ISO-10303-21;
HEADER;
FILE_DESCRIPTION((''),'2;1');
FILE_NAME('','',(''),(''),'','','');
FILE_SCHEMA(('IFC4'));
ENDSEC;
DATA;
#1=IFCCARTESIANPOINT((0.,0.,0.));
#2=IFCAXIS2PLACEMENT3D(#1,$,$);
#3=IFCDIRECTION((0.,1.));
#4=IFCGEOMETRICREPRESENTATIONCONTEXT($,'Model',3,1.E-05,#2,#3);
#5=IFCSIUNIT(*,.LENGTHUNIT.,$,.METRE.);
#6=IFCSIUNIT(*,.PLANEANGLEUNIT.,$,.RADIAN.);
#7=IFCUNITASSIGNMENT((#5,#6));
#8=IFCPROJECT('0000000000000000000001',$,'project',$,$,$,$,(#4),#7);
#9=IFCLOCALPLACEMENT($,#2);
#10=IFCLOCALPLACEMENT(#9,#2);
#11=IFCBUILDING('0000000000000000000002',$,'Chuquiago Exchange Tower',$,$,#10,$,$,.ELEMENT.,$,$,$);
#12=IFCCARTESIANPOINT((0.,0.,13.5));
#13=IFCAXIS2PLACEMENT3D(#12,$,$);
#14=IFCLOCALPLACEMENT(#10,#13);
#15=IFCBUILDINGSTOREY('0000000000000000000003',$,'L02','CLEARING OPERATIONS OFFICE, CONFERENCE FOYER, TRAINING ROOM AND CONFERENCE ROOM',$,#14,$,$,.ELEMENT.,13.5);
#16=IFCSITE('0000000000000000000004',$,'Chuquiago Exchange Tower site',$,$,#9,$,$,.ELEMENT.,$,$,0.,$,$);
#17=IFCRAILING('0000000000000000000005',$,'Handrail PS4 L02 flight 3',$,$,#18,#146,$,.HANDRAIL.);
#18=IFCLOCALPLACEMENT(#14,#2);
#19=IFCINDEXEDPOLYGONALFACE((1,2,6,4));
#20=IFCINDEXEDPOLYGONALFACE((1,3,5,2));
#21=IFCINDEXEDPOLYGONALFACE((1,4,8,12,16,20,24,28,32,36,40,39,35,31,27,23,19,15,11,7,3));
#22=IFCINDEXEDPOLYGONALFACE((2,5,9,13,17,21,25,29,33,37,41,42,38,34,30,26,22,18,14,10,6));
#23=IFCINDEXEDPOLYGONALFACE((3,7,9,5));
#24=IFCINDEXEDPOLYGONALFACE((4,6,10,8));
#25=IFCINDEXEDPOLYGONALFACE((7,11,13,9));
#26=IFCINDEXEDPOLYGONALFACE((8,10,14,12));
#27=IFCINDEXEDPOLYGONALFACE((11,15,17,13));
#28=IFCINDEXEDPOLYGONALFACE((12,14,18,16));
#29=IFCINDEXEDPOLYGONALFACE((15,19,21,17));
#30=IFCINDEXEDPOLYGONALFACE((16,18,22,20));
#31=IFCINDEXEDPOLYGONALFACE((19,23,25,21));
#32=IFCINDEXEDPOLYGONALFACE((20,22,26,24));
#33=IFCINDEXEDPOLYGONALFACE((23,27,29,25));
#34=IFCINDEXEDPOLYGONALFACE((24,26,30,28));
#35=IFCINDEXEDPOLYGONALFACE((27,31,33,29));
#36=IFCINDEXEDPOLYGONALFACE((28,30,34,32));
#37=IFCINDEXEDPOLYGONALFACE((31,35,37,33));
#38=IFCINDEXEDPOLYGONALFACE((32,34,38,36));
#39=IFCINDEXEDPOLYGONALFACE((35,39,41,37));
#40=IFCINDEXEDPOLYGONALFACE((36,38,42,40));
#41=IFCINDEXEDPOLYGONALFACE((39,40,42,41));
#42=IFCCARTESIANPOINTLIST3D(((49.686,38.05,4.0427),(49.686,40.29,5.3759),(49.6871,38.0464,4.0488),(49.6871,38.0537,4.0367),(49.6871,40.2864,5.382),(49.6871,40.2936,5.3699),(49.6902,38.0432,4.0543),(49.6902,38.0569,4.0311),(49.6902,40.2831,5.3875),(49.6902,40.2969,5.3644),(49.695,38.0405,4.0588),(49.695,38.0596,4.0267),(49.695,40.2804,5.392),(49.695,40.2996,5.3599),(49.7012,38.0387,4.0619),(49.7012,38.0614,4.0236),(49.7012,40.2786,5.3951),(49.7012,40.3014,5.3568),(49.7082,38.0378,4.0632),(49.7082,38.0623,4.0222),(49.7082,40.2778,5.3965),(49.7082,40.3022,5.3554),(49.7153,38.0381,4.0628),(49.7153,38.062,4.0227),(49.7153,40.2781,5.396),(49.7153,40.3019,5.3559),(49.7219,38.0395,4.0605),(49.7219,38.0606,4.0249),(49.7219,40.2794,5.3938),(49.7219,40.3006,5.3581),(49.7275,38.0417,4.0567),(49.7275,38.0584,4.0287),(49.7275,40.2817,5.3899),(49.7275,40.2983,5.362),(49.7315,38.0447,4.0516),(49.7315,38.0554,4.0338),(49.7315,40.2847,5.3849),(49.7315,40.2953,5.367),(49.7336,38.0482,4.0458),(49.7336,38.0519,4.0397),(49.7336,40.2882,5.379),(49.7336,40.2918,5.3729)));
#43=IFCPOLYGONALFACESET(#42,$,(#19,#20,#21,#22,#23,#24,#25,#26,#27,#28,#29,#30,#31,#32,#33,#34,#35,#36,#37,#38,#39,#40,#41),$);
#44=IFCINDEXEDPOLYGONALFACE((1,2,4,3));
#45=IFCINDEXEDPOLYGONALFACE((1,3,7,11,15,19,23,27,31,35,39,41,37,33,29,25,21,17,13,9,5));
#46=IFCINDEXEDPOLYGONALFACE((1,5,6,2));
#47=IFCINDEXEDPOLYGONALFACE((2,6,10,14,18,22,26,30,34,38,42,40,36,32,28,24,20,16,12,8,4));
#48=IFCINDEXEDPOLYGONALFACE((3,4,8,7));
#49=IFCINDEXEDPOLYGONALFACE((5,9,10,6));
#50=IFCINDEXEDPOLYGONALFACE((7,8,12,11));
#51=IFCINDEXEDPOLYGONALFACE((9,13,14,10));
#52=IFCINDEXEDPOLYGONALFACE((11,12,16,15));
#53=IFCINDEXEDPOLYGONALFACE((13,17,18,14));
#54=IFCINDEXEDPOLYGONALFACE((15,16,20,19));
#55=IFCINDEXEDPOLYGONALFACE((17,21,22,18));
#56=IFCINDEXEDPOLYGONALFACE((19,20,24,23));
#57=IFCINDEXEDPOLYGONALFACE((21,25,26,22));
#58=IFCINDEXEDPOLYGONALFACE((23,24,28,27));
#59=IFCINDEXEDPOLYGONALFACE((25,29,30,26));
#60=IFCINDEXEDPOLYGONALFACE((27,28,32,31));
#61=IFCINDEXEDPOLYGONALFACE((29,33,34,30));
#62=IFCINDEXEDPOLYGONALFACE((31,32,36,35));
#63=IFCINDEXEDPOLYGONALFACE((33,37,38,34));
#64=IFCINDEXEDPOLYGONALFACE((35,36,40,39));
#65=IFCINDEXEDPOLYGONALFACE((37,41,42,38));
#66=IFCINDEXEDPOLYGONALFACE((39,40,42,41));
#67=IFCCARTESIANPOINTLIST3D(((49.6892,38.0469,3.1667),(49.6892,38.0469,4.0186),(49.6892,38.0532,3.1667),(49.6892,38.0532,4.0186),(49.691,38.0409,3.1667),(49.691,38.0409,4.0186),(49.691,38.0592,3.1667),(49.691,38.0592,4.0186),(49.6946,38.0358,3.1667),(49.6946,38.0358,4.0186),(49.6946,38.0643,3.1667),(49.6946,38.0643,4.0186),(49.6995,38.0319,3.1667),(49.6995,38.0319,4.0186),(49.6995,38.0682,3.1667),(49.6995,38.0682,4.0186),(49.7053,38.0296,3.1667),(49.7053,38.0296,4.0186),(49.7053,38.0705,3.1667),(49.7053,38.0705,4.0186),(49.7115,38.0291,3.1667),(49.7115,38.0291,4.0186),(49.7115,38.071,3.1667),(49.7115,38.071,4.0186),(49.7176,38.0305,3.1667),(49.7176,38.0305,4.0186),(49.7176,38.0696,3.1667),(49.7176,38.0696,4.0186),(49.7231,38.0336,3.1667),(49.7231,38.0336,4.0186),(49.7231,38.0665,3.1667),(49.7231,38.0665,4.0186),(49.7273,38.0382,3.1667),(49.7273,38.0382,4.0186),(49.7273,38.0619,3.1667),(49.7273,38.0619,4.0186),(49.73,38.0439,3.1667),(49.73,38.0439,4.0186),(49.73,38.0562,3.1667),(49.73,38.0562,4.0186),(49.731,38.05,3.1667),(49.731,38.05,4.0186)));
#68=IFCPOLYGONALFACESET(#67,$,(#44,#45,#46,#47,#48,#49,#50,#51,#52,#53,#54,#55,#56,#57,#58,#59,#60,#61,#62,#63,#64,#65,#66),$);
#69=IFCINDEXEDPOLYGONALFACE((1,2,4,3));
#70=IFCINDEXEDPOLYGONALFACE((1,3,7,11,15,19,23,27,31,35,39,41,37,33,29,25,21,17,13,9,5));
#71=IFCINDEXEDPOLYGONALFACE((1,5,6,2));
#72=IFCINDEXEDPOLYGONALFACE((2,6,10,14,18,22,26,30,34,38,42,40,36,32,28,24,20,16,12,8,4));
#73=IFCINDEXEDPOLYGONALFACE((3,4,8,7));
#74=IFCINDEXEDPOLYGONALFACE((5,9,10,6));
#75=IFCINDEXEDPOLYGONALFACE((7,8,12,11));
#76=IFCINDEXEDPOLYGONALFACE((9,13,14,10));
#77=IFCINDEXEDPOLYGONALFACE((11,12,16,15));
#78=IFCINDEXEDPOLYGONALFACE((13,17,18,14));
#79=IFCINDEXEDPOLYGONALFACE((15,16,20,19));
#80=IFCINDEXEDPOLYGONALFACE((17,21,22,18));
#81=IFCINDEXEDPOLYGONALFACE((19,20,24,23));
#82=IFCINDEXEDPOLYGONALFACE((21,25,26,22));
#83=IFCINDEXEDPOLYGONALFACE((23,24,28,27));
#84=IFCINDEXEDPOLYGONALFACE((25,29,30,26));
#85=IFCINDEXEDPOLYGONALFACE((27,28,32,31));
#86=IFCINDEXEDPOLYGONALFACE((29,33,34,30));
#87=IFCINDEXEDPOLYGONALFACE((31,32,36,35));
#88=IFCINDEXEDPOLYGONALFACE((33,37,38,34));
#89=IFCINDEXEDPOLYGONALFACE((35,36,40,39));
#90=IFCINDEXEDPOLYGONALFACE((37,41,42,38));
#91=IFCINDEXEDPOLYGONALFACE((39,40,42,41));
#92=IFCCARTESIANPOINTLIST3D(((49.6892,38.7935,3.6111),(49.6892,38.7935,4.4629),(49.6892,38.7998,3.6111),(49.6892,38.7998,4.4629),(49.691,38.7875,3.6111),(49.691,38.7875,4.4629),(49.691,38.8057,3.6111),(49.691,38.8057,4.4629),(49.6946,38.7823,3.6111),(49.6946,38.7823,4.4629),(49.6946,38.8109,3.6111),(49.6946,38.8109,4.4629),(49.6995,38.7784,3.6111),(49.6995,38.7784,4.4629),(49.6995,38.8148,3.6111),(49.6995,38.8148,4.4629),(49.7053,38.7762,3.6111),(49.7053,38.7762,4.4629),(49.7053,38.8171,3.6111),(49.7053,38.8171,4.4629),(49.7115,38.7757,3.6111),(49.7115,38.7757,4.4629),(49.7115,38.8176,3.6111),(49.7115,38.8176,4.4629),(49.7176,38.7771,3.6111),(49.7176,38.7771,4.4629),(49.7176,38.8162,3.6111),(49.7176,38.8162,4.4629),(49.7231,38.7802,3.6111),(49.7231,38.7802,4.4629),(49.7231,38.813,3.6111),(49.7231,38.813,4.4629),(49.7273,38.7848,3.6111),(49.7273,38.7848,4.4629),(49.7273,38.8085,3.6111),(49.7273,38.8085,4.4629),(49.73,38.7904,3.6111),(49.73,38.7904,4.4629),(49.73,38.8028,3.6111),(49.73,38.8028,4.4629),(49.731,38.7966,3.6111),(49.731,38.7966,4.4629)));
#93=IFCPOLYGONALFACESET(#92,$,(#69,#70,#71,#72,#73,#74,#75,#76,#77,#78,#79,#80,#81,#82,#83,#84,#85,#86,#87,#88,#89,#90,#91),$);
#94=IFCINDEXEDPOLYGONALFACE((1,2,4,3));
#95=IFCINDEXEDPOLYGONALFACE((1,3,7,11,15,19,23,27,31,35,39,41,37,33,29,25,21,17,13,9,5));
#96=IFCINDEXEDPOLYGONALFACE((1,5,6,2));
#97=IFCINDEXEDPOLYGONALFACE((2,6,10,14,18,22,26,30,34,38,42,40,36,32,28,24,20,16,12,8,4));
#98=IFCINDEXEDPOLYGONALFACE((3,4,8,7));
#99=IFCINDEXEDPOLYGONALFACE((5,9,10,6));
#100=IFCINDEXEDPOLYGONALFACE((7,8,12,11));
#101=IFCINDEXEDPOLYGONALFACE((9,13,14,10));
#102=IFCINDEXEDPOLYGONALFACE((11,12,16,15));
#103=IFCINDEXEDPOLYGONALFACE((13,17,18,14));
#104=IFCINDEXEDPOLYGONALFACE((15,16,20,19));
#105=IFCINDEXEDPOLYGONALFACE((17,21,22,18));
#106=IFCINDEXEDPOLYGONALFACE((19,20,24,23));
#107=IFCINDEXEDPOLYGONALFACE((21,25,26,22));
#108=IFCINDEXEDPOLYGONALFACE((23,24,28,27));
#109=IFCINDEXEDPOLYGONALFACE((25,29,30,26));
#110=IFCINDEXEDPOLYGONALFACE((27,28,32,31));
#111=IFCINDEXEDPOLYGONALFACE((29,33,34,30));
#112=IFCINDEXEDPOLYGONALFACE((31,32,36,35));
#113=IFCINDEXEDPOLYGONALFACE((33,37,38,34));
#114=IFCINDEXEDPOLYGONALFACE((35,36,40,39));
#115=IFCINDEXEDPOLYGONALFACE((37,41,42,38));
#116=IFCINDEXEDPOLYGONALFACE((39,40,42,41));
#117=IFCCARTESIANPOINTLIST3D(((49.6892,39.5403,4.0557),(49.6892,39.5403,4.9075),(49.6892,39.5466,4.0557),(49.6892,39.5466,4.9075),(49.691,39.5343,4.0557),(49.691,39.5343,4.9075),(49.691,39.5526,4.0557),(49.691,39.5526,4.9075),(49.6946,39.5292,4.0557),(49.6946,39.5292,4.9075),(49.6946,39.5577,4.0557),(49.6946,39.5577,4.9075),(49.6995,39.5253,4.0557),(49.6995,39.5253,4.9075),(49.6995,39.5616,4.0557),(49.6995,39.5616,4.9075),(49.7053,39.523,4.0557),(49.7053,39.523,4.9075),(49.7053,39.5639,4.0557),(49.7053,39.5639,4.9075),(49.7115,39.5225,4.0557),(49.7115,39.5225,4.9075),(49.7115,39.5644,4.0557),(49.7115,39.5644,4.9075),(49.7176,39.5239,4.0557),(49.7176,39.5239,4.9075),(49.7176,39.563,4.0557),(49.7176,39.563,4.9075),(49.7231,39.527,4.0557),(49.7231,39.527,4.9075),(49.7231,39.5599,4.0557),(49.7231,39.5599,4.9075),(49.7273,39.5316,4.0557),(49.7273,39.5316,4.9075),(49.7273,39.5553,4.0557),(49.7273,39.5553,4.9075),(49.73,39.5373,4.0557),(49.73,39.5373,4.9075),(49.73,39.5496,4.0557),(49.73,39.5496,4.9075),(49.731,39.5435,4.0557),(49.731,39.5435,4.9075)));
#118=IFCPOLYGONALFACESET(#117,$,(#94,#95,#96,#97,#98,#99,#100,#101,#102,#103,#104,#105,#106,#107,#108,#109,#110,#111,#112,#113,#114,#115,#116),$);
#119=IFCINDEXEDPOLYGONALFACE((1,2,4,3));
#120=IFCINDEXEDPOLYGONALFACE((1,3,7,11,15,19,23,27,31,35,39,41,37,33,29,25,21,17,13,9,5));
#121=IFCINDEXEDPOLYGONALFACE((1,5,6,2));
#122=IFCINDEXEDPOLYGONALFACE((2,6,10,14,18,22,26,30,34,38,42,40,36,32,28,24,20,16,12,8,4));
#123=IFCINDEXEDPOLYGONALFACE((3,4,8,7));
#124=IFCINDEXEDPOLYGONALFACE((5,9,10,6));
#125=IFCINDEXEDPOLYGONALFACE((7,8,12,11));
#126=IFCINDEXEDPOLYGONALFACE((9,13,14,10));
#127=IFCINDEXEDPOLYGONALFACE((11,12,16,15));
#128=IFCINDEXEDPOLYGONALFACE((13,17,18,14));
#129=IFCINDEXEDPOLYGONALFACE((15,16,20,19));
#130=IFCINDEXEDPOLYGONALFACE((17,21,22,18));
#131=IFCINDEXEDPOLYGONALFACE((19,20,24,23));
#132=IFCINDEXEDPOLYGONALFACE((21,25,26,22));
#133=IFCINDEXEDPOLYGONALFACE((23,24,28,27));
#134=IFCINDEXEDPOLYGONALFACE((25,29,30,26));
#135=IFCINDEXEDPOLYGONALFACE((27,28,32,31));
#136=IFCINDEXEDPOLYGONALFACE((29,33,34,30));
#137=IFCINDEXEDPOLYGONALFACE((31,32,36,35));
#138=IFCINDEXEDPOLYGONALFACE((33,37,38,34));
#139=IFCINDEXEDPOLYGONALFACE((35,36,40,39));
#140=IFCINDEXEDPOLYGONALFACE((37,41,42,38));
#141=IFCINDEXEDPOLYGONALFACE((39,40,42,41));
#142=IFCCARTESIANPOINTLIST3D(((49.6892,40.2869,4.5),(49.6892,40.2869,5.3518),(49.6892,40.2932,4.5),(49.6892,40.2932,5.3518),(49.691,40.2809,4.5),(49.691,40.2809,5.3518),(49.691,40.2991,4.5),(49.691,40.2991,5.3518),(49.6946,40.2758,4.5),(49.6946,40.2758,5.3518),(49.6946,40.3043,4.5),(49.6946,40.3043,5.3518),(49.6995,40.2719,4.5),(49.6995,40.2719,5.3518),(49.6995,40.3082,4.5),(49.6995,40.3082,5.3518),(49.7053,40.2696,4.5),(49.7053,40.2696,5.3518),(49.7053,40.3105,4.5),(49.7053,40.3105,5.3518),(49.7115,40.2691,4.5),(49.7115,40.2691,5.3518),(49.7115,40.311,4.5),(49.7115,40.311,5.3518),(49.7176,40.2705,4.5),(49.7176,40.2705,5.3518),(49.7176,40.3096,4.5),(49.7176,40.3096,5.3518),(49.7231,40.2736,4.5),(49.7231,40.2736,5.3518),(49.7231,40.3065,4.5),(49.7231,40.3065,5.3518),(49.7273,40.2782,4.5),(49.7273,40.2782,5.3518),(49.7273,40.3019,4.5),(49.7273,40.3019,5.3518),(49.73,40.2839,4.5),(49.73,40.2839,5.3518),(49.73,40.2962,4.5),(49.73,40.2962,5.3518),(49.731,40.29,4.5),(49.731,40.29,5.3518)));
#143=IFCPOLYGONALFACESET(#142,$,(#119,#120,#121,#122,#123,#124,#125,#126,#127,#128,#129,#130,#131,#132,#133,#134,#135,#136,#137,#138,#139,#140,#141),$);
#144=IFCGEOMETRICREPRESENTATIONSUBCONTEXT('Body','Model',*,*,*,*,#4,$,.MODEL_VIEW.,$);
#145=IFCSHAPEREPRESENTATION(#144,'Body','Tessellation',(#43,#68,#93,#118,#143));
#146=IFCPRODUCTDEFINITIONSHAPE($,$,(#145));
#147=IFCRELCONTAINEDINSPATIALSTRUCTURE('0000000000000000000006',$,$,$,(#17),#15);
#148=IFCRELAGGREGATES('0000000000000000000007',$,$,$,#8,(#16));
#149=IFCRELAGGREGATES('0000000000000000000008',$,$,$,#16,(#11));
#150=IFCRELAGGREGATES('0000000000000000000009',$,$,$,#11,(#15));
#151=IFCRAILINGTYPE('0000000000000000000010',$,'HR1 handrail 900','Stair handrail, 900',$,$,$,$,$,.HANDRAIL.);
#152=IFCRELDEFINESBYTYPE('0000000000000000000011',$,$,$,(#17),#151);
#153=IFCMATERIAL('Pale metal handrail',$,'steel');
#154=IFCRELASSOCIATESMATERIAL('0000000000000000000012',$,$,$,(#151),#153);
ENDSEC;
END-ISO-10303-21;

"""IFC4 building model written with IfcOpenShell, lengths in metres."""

from ifc_helpers import new_model, si_unit, direction, frame, origin, origin_2d, place, context, subcontext, project, spatial, circle, extrude, material, type_object, element, save


model = new_model("IFC4")

# Units and contexts
model_context = context("Model", 3, precision=1e-05, world=origin(), true_north=direction((0.0, 1.0)))
body_context = subcontext(model_context, "Body", "Model", "MODEL_VIEW")
ifc_project = project(units=[si_unit("LENGTHUNIT", "METRE"), si_unit("PLANEANGLEUNIT", "RADIAN")], contexts=[model_context])

# Site, building, storey
site_placement = place(None, origin())
site = spatial("IfcSite", under=ifc_project, at=site_placement, Name="Chuquiago Exchange Tower site", CompositionType="ELEMENT", RefElevation=0.0)
building_placement = place(site_placement, origin())
building = spatial("IfcBuilding", under=site, at=building_placement, Name="Chuquiago Exchange Tower", CompositionType="ELEMENT")
storey_placement = place(building_placement, frame((0.0, 0.0, 13.5)))
storey = spatial("IfcBuildingStorey", under=building, at=storey_placement, Name="L02", Description="CLEARING OPERATIONS OFFICE, CONFERENCE FOYER, TRAINING ROOM AND CONFERENCE ROOM", CompositionType="ELEMENT", Elevation=13.5)

# Railing
ifc_material_1 = material(Name="Pale metal handrail", Category="steel")
railing_type = type_object("IfcRailingType", Name="HR1 handrail 900", Description="Stair handrail, 900", PredefinedType="HANDRAIL", material=ifc_material_1)
for number, where, name in (
    (1, (49.71, 38.05, 3.1667), "Handrail PS4 L02 flight 3"),
):
    element("IfcRailing", number, at=place(storey_placement, frame(where)), inside=storey, type_object=railing_type, Name=name, PredefinedType="HANDRAIL", context=body_context, shape_type="SweptSolid", body=[
        extrude(circle(Radius=0.0239, at=origin_2d()), frame((0.0, 0.0, 0.876), z_axis=(0.0, 0.859306, 0.511462), x_axis=(-1.0, 0.0, 0.0)), (0.0, 0.0, 1.0), 2.6067),
        extrude(circle(Radius=0.021, at=origin_2d()), origin(), (0.0, 0.0, 1.0), 0.8518),
        extrude(circle(Radius=0.021, at=origin_2d()), frame((0.0, 0.7466, 0.4443)), (0.0, 0.0, 1.0), 0.8518),
        extrude(circle(Radius=0.021, at=origin_2d()), frame((0.0, 1.4934, 0.8889)), (0.0, 0.0, 1.0), 0.8518),
        extrude(circle(Radius=0.021, at=origin_2d()), frame((0.0, 2.24, 1.3333)), (0.0, 0.0, 1.0), 0.8518),
    ])

save(model, "model.ifc")
